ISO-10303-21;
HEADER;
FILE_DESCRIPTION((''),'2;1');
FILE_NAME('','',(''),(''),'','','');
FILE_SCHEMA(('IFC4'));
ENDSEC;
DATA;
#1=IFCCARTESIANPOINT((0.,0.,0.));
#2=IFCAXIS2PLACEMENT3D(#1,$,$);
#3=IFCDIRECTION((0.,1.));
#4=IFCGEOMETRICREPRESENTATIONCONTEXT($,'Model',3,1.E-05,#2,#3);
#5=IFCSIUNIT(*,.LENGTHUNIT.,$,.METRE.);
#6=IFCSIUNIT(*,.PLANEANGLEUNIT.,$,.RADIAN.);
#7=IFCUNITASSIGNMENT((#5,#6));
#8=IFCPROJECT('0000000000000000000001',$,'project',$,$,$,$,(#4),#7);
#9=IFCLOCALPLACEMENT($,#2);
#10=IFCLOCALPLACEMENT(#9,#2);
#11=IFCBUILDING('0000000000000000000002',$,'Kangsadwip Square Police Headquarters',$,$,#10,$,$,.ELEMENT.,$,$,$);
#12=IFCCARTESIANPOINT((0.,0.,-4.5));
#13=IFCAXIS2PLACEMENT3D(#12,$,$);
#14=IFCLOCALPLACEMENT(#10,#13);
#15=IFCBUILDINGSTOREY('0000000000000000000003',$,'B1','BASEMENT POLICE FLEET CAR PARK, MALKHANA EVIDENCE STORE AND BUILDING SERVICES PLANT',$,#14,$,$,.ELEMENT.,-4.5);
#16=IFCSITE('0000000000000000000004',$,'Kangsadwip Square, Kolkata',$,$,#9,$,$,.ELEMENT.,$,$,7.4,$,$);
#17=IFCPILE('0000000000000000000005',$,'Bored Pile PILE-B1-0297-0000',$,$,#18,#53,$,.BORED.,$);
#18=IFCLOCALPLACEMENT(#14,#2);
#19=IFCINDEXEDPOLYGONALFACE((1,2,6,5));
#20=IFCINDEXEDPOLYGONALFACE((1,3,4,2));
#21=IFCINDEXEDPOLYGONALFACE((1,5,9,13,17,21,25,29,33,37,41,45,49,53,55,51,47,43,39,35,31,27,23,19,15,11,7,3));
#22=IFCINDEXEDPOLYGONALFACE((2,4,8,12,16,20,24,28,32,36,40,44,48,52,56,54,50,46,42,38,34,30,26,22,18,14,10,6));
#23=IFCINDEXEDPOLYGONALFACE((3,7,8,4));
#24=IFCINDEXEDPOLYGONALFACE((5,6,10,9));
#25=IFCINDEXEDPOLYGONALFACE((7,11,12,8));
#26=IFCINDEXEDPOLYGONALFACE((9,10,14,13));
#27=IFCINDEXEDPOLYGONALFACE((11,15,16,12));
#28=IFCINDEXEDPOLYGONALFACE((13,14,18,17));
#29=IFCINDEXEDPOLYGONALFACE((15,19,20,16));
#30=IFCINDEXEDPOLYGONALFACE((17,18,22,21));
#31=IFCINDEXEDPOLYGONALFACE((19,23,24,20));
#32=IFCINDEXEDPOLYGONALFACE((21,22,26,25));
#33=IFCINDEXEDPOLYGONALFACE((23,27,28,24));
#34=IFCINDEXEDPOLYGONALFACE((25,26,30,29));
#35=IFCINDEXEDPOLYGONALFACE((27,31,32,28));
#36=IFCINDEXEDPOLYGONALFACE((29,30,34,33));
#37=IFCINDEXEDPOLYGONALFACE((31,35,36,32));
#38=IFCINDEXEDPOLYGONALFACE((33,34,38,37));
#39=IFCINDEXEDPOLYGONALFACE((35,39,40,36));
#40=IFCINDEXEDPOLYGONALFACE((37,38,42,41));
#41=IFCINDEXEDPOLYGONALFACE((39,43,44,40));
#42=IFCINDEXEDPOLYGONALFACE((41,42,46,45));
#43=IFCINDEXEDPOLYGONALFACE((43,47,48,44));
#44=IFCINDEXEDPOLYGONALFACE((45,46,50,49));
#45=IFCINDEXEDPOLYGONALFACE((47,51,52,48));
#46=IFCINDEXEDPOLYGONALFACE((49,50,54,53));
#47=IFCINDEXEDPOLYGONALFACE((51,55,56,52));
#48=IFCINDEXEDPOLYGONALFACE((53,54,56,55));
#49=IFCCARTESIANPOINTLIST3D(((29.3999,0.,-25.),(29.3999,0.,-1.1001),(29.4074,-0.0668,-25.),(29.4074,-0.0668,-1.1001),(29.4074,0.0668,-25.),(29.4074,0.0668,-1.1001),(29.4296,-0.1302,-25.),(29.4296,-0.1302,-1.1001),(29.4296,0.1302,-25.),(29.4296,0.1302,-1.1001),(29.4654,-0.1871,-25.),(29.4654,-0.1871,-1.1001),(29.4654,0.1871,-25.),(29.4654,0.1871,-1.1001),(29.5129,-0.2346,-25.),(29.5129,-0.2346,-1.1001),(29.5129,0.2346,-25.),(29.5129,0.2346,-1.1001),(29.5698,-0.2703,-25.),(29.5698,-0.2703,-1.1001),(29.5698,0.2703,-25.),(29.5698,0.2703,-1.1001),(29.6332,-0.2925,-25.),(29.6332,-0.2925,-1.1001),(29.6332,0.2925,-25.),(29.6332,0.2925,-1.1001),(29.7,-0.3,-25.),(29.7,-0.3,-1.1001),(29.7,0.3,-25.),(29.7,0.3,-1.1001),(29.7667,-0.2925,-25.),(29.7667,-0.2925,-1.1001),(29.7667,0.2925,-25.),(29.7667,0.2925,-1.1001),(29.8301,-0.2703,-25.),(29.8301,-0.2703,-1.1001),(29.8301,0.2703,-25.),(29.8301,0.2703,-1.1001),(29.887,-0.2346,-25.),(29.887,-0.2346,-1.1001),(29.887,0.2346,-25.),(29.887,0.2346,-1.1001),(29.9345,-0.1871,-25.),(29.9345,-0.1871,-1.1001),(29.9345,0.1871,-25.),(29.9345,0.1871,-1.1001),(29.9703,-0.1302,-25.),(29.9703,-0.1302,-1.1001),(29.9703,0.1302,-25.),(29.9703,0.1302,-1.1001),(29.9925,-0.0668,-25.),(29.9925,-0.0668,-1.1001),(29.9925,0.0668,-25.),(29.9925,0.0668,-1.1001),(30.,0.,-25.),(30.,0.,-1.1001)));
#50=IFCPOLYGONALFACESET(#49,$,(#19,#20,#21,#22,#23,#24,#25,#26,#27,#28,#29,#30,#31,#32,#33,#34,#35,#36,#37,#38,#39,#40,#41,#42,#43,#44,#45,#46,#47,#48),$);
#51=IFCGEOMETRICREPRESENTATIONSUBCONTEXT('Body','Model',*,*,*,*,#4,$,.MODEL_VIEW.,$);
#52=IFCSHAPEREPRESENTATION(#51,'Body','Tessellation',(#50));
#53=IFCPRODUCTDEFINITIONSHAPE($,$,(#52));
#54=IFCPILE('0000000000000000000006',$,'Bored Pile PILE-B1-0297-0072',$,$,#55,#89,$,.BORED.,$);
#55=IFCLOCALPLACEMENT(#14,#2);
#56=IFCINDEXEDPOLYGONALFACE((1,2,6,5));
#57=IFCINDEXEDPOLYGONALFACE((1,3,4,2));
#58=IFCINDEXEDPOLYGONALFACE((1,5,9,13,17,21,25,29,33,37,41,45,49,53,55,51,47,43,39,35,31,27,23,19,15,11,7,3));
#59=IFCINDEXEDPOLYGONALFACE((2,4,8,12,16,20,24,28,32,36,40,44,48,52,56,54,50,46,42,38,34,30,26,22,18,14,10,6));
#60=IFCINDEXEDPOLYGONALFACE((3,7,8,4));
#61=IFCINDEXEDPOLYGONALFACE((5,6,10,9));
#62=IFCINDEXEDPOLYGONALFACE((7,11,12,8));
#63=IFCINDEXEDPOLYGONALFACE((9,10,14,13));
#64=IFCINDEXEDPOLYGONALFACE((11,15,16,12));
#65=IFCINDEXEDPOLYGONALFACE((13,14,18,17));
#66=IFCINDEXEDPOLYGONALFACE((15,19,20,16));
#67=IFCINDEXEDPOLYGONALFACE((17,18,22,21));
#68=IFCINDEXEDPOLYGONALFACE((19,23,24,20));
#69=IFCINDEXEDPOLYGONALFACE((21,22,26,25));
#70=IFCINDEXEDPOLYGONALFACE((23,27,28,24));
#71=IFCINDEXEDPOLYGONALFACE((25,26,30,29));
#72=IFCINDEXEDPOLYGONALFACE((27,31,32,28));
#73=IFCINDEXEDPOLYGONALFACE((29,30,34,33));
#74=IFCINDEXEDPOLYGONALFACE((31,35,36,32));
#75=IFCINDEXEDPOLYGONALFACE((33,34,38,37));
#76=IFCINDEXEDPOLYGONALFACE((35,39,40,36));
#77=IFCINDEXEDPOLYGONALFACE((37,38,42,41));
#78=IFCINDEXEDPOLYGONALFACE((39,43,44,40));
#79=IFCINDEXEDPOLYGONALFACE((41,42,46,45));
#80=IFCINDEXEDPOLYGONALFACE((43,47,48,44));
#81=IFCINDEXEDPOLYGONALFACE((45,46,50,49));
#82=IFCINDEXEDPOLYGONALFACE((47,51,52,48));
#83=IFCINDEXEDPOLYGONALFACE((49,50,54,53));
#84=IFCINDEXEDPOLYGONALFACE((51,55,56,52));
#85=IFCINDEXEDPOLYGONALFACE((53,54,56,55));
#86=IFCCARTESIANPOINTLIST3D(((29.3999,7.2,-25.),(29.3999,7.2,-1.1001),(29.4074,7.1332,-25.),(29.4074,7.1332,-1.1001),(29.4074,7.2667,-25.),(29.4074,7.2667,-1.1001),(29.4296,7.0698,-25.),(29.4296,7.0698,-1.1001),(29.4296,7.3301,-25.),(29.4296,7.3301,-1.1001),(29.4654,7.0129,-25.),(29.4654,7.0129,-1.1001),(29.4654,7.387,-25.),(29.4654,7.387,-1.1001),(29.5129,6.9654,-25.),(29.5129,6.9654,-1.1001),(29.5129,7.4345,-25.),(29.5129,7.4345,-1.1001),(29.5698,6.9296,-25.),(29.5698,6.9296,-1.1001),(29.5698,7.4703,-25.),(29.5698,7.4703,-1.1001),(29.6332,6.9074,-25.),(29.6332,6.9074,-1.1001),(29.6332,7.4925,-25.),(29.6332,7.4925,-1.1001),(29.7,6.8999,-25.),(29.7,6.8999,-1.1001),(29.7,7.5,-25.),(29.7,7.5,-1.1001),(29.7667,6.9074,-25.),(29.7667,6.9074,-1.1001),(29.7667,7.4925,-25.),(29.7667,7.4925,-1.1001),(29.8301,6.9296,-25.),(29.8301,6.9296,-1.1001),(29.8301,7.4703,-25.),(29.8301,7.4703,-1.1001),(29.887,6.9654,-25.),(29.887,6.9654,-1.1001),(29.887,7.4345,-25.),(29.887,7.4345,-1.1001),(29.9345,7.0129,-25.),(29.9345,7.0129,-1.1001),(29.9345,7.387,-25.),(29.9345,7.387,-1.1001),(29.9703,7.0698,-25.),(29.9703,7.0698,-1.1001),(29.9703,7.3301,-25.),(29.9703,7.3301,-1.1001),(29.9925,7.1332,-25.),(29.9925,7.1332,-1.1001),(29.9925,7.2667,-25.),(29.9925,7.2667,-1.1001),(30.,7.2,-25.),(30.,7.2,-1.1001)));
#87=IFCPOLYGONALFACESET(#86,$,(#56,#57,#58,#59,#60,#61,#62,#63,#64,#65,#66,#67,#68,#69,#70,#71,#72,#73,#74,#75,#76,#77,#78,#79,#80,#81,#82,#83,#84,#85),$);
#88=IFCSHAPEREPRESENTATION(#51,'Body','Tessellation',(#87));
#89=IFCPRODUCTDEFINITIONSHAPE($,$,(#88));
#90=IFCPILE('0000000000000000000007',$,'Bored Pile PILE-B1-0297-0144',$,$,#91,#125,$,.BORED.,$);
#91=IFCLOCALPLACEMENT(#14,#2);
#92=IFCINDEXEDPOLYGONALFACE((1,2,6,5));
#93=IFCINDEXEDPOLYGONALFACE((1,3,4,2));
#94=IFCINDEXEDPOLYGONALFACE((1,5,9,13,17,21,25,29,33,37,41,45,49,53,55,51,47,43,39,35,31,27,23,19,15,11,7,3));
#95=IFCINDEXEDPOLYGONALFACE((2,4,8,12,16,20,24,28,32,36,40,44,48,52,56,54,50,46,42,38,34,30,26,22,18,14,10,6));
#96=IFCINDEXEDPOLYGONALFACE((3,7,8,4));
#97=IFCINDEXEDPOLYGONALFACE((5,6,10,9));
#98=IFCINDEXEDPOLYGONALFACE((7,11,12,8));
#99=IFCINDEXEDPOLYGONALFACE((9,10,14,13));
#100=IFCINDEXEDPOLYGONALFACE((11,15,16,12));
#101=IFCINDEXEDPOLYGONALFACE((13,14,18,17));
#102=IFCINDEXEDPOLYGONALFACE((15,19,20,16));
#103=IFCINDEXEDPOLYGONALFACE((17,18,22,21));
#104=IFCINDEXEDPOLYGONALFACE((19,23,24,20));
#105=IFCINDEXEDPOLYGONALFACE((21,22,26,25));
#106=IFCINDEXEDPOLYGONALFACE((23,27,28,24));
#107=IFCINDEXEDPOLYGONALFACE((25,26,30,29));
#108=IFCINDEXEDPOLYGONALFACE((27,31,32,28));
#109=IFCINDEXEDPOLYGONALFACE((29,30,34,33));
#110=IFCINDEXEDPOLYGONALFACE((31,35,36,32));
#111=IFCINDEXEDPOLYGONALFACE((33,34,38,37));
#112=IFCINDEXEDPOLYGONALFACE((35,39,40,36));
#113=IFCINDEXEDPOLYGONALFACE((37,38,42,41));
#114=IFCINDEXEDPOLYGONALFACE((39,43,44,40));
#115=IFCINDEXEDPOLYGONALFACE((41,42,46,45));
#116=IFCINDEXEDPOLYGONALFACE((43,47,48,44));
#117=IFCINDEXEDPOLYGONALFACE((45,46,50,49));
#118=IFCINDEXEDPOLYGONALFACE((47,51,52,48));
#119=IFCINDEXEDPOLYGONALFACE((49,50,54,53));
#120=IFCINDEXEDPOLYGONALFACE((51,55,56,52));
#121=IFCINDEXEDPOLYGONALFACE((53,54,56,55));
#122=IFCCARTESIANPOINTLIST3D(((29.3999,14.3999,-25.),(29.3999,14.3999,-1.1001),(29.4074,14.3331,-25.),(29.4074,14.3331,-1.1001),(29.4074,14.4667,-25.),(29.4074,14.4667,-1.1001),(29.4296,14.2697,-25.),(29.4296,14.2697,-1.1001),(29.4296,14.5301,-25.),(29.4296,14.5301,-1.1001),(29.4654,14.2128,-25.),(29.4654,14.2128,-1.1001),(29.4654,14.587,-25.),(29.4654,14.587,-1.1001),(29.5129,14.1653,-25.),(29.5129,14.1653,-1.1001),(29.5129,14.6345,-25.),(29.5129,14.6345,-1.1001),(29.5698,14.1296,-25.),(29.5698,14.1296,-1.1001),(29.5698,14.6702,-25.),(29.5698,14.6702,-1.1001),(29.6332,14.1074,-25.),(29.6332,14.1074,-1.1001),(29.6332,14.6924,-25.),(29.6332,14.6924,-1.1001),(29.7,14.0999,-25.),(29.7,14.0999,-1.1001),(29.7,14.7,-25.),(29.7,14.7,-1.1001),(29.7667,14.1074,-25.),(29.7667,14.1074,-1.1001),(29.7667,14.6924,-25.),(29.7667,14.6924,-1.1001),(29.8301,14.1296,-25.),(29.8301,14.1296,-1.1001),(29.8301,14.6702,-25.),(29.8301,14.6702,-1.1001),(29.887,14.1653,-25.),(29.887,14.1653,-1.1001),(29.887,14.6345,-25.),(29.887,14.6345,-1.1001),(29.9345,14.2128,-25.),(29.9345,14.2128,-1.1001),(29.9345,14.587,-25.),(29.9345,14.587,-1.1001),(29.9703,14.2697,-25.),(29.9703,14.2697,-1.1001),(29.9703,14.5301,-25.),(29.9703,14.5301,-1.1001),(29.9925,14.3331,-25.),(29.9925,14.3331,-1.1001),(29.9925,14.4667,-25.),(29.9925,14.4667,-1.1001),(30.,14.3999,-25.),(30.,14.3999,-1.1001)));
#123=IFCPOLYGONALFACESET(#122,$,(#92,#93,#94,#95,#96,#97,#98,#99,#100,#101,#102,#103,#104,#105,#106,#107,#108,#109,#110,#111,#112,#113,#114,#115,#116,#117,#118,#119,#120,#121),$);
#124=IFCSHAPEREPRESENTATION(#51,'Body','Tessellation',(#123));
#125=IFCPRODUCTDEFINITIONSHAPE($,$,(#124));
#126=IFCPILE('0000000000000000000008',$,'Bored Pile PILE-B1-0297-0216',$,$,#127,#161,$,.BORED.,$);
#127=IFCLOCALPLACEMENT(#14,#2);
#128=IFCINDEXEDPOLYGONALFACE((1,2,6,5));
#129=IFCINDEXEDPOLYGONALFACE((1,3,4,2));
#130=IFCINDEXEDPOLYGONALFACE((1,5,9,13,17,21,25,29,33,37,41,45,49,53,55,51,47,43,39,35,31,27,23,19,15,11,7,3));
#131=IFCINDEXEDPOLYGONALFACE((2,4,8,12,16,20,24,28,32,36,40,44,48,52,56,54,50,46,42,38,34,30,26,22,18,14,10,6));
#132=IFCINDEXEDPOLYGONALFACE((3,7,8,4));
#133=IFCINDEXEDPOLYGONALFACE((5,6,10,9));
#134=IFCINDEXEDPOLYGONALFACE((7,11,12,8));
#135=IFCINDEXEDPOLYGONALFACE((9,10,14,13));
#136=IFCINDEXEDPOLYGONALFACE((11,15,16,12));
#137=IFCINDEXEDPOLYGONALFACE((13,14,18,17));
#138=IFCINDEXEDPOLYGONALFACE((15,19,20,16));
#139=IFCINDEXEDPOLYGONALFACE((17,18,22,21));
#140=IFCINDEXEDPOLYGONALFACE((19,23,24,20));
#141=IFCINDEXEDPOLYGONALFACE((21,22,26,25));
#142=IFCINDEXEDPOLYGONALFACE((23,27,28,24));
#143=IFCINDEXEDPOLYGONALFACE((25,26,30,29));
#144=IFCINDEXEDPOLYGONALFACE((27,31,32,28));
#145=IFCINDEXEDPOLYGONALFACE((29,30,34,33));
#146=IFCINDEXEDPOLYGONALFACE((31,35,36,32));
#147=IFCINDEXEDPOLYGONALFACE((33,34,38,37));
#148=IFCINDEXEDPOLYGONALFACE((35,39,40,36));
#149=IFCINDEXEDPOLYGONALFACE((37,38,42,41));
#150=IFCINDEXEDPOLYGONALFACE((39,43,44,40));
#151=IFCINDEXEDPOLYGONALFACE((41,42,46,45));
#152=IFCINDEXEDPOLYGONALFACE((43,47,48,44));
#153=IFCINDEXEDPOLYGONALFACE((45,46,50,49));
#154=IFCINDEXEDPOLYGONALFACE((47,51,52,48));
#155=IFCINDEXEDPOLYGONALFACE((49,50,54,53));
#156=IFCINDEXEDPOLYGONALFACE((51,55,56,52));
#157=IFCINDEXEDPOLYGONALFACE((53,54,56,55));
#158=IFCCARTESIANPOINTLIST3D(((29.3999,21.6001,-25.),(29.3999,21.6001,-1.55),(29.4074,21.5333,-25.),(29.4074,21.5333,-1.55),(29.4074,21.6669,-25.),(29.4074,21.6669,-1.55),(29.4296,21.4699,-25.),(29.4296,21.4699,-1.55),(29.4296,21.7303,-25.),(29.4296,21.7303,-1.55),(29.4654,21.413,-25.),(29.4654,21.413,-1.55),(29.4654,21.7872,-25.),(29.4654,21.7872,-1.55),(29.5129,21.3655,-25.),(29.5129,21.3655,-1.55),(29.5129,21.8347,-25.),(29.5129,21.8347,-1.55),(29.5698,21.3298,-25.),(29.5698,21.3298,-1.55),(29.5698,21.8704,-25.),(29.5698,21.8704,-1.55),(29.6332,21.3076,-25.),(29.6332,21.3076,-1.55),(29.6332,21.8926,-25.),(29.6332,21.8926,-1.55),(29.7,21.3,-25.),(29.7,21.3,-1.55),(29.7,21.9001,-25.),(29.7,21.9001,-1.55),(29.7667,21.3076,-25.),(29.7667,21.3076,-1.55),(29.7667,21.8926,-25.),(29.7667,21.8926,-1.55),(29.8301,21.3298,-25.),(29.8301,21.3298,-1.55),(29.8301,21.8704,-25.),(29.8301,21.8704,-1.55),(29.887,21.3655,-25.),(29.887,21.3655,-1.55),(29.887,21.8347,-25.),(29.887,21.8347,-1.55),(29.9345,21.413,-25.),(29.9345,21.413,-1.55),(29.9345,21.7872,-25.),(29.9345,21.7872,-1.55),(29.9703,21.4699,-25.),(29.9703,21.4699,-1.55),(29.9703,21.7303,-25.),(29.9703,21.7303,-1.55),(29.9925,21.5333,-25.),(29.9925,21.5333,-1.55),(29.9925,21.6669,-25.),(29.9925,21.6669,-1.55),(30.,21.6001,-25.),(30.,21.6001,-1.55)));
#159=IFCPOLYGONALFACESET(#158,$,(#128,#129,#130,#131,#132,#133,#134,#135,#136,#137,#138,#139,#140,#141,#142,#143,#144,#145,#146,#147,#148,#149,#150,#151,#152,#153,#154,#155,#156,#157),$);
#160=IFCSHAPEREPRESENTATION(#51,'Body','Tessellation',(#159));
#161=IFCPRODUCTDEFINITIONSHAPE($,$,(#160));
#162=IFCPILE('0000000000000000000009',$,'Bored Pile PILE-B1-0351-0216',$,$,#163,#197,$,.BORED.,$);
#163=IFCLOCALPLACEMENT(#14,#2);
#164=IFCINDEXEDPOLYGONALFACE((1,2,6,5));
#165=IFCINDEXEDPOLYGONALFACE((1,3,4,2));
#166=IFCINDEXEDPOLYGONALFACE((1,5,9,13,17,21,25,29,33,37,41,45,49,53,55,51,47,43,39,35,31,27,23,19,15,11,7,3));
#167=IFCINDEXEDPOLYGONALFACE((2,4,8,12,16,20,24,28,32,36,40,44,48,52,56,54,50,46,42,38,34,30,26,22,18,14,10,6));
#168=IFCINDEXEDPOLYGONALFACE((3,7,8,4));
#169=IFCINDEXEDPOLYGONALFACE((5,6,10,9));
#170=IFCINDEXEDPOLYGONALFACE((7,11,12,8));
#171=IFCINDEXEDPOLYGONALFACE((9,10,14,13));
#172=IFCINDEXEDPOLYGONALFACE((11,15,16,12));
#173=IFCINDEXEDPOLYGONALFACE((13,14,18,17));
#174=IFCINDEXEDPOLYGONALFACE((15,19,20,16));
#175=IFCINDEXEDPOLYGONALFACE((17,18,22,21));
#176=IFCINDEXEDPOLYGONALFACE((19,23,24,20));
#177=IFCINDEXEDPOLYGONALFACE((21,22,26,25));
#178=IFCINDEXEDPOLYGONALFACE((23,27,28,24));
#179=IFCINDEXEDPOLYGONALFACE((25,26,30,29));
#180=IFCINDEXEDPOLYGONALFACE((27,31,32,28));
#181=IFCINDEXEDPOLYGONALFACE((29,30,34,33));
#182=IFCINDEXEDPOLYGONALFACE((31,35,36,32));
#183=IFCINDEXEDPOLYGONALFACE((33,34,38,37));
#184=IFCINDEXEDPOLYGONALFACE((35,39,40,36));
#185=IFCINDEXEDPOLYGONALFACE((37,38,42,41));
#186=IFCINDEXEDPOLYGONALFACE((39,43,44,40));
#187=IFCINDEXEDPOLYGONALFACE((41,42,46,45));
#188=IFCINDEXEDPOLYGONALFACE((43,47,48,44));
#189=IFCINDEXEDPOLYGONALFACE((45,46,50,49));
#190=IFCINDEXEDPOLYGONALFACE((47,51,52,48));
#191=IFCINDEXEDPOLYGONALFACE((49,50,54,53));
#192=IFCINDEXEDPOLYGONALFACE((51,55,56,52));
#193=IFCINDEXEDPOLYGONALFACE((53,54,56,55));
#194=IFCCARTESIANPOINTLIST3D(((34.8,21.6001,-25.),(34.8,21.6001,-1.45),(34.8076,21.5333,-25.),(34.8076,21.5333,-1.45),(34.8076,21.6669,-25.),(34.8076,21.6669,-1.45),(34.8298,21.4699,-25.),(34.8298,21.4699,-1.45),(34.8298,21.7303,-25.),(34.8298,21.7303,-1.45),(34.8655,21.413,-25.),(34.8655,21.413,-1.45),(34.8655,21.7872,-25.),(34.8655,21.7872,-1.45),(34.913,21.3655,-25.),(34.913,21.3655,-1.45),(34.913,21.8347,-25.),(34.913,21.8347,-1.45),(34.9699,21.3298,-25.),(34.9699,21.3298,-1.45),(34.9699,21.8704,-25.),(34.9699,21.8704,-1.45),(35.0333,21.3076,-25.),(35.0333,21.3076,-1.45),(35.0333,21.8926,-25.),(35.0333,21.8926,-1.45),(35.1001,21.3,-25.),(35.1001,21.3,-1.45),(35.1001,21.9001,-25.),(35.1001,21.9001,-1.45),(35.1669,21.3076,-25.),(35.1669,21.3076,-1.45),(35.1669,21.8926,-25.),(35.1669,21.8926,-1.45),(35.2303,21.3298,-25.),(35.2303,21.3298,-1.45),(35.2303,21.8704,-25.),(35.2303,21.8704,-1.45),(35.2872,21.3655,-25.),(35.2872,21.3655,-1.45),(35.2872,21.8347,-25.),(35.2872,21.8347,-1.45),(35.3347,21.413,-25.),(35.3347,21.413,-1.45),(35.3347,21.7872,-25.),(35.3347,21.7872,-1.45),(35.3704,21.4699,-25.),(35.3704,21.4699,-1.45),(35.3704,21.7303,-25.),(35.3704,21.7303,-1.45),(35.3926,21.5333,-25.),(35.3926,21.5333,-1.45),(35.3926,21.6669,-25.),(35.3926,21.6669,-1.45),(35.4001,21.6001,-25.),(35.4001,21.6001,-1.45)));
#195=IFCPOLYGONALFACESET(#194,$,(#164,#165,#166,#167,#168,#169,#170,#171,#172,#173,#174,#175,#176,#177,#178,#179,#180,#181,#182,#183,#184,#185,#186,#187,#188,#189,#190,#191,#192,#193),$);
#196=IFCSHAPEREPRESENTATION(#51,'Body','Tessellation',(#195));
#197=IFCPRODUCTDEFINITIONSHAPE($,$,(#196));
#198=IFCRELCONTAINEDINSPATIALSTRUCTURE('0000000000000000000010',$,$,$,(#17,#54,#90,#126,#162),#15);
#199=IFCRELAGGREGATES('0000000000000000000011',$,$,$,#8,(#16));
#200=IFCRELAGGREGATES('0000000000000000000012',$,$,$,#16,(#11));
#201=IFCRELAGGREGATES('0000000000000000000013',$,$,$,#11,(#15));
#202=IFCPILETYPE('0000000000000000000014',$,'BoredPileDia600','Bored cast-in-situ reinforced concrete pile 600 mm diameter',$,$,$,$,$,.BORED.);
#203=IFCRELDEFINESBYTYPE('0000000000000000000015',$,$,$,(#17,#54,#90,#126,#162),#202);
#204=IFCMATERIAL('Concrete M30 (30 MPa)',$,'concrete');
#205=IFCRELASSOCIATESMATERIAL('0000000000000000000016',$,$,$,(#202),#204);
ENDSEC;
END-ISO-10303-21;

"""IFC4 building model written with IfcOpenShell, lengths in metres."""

from ifc_helpers import new_model, si_unit, direction, frame, origin, origin_2d, place, context, subcontext, project, spatial, circle, extrude, material, material_profile, profile_set, type_object, element, save


model = new_model("IFC4")

# Units and contexts
model_context = context("Model", 3, precision=1e-05, world=origin(), true_north=direction((0.0, 1.0)))
body_context = subcontext(model_context, "Body", "Model", "MODEL_VIEW")
ifc_project = project(units=[si_unit("LENGTHUNIT", "METRE"), si_unit("PLANEANGLEUNIT", "RADIAN")], contexts=[model_context])

# Site, building, storey
site_placement = place(None, origin())
site = spatial("IfcSite", under=ifc_project, at=site_placement, Name="Kangsadwip Square, Kolkata", CompositionType="ELEMENT", RefElevation=7.4)
building_placement = place(site_placement, origin())
building = spatial("IfcBuilding", under=site, at=building_placement, Name="Kangsadwip Square Police Headquarters", CompositionType="ELEMENT")
storey_placement = place(building_placement, frame((0.0, 0.0, -4.5)))
storey = spatial("IfcBuildingStorey", under=building, at=storey_placement, Name="B1", Description="BASEMENT POLICE FLEET CAR PARK, MALKHANA EVIDENCE STORE AND BUILDING SERVICES PLANT", CompositionType="ELEMENT", Elevation=-4.5)

# Piles
ifc_material_1 = material(Name="Concrete M30 (30 MPa)", Category="concrete")
ifc_material_profile_1 = material_profile(ifc_material_1, circle(Radius=0.3, at=origin_2d()), Name="PILE DIA 600")
ifc_profile_set_1 = profile_set([ifc_material_profile_1], Name="Concrete M30 (30 MPa)")
pile_type = type_object("IfcPileType", Name="BoredPileDia600", Description="Bored cast-in-situ reinforced concrete pile 600 mm diameter", PredefinedType="BORED", material=ifc_profile_set_1)
for number, where, z_axis, x_axis, name in (
    (1, (29.7, 0.0, -1.1001), (0.0, 0.0, -1.0), (1.0, 0.0, 0.0), "Bored Pile PILE-B1-0297-0000"),
    (2, (29.7, 7.2, -1.1001), (0.0, 0.0, -1.0), (1.0, 0.0, 0.0), "Bored Pile PILE-B1-0297-0072"),
    (3, (29.7, 14.3999, -1.1001), (0.0, 0.0, -1.0), (1.0, 0.0, 0.0), "Bored Pile PILE-B1-0297-0144"),
):
    element("IfcPile", number, at=place(storey_placement, frame(where, z_axis=z_axis, x_axis=x_axis)), inside=storey, type_object=pile_type, Name=name, PredefinedType="BORED", context=body_context, shape_type="SweptSolid", body=[
        extrude(circle(Radius=0.3, at=origin_2d()), origin(), (0.0, 0.0, 1.0), 23.8999),
    ])
pile_placement = place(storey_placement, frame((29.7, 21.6001, -1.55), z_axis=(0.0, 0.0, -1.0), x_axis=(1.0, 0.0, 0.0)))
element("IfcPile", 4, at=pile_placement, inside=storey, type_object=pile_type, Name="Bored Pile PILE-B1-0297-0216", PredefinedType="BORED", context=body_context, shape_type="SweptSolid", body=[
    extrude(circle(Radius=0.3, at=origin_2d()), origin(), (0.0, 0.0, 1.0), 23.45),
])
for number, where, z_axis, x_axis, name in (
    (5, (35.1001, 21.6001, -1.45), (0.0, 0.0, -1.0), (1.0, 0.0, 0.0), "Bored Pile PILE-B1-0351-0216"),
):
    element("IfcPile", number, at=place(storey_placement, frame(where, z_axis=z_axis, x_axis=x_axis)), inside=storey, type_object=pile_type, Name=name, PredefinedType="BORED", context=body_context, shape_type="SweptSolid", body=[
        extrude(circle(Radius=0.3, at=origin_2d()), origin(), (0.0, 0.0, 1.0), 23.55),
    ])

save(model, "model.ifc")
